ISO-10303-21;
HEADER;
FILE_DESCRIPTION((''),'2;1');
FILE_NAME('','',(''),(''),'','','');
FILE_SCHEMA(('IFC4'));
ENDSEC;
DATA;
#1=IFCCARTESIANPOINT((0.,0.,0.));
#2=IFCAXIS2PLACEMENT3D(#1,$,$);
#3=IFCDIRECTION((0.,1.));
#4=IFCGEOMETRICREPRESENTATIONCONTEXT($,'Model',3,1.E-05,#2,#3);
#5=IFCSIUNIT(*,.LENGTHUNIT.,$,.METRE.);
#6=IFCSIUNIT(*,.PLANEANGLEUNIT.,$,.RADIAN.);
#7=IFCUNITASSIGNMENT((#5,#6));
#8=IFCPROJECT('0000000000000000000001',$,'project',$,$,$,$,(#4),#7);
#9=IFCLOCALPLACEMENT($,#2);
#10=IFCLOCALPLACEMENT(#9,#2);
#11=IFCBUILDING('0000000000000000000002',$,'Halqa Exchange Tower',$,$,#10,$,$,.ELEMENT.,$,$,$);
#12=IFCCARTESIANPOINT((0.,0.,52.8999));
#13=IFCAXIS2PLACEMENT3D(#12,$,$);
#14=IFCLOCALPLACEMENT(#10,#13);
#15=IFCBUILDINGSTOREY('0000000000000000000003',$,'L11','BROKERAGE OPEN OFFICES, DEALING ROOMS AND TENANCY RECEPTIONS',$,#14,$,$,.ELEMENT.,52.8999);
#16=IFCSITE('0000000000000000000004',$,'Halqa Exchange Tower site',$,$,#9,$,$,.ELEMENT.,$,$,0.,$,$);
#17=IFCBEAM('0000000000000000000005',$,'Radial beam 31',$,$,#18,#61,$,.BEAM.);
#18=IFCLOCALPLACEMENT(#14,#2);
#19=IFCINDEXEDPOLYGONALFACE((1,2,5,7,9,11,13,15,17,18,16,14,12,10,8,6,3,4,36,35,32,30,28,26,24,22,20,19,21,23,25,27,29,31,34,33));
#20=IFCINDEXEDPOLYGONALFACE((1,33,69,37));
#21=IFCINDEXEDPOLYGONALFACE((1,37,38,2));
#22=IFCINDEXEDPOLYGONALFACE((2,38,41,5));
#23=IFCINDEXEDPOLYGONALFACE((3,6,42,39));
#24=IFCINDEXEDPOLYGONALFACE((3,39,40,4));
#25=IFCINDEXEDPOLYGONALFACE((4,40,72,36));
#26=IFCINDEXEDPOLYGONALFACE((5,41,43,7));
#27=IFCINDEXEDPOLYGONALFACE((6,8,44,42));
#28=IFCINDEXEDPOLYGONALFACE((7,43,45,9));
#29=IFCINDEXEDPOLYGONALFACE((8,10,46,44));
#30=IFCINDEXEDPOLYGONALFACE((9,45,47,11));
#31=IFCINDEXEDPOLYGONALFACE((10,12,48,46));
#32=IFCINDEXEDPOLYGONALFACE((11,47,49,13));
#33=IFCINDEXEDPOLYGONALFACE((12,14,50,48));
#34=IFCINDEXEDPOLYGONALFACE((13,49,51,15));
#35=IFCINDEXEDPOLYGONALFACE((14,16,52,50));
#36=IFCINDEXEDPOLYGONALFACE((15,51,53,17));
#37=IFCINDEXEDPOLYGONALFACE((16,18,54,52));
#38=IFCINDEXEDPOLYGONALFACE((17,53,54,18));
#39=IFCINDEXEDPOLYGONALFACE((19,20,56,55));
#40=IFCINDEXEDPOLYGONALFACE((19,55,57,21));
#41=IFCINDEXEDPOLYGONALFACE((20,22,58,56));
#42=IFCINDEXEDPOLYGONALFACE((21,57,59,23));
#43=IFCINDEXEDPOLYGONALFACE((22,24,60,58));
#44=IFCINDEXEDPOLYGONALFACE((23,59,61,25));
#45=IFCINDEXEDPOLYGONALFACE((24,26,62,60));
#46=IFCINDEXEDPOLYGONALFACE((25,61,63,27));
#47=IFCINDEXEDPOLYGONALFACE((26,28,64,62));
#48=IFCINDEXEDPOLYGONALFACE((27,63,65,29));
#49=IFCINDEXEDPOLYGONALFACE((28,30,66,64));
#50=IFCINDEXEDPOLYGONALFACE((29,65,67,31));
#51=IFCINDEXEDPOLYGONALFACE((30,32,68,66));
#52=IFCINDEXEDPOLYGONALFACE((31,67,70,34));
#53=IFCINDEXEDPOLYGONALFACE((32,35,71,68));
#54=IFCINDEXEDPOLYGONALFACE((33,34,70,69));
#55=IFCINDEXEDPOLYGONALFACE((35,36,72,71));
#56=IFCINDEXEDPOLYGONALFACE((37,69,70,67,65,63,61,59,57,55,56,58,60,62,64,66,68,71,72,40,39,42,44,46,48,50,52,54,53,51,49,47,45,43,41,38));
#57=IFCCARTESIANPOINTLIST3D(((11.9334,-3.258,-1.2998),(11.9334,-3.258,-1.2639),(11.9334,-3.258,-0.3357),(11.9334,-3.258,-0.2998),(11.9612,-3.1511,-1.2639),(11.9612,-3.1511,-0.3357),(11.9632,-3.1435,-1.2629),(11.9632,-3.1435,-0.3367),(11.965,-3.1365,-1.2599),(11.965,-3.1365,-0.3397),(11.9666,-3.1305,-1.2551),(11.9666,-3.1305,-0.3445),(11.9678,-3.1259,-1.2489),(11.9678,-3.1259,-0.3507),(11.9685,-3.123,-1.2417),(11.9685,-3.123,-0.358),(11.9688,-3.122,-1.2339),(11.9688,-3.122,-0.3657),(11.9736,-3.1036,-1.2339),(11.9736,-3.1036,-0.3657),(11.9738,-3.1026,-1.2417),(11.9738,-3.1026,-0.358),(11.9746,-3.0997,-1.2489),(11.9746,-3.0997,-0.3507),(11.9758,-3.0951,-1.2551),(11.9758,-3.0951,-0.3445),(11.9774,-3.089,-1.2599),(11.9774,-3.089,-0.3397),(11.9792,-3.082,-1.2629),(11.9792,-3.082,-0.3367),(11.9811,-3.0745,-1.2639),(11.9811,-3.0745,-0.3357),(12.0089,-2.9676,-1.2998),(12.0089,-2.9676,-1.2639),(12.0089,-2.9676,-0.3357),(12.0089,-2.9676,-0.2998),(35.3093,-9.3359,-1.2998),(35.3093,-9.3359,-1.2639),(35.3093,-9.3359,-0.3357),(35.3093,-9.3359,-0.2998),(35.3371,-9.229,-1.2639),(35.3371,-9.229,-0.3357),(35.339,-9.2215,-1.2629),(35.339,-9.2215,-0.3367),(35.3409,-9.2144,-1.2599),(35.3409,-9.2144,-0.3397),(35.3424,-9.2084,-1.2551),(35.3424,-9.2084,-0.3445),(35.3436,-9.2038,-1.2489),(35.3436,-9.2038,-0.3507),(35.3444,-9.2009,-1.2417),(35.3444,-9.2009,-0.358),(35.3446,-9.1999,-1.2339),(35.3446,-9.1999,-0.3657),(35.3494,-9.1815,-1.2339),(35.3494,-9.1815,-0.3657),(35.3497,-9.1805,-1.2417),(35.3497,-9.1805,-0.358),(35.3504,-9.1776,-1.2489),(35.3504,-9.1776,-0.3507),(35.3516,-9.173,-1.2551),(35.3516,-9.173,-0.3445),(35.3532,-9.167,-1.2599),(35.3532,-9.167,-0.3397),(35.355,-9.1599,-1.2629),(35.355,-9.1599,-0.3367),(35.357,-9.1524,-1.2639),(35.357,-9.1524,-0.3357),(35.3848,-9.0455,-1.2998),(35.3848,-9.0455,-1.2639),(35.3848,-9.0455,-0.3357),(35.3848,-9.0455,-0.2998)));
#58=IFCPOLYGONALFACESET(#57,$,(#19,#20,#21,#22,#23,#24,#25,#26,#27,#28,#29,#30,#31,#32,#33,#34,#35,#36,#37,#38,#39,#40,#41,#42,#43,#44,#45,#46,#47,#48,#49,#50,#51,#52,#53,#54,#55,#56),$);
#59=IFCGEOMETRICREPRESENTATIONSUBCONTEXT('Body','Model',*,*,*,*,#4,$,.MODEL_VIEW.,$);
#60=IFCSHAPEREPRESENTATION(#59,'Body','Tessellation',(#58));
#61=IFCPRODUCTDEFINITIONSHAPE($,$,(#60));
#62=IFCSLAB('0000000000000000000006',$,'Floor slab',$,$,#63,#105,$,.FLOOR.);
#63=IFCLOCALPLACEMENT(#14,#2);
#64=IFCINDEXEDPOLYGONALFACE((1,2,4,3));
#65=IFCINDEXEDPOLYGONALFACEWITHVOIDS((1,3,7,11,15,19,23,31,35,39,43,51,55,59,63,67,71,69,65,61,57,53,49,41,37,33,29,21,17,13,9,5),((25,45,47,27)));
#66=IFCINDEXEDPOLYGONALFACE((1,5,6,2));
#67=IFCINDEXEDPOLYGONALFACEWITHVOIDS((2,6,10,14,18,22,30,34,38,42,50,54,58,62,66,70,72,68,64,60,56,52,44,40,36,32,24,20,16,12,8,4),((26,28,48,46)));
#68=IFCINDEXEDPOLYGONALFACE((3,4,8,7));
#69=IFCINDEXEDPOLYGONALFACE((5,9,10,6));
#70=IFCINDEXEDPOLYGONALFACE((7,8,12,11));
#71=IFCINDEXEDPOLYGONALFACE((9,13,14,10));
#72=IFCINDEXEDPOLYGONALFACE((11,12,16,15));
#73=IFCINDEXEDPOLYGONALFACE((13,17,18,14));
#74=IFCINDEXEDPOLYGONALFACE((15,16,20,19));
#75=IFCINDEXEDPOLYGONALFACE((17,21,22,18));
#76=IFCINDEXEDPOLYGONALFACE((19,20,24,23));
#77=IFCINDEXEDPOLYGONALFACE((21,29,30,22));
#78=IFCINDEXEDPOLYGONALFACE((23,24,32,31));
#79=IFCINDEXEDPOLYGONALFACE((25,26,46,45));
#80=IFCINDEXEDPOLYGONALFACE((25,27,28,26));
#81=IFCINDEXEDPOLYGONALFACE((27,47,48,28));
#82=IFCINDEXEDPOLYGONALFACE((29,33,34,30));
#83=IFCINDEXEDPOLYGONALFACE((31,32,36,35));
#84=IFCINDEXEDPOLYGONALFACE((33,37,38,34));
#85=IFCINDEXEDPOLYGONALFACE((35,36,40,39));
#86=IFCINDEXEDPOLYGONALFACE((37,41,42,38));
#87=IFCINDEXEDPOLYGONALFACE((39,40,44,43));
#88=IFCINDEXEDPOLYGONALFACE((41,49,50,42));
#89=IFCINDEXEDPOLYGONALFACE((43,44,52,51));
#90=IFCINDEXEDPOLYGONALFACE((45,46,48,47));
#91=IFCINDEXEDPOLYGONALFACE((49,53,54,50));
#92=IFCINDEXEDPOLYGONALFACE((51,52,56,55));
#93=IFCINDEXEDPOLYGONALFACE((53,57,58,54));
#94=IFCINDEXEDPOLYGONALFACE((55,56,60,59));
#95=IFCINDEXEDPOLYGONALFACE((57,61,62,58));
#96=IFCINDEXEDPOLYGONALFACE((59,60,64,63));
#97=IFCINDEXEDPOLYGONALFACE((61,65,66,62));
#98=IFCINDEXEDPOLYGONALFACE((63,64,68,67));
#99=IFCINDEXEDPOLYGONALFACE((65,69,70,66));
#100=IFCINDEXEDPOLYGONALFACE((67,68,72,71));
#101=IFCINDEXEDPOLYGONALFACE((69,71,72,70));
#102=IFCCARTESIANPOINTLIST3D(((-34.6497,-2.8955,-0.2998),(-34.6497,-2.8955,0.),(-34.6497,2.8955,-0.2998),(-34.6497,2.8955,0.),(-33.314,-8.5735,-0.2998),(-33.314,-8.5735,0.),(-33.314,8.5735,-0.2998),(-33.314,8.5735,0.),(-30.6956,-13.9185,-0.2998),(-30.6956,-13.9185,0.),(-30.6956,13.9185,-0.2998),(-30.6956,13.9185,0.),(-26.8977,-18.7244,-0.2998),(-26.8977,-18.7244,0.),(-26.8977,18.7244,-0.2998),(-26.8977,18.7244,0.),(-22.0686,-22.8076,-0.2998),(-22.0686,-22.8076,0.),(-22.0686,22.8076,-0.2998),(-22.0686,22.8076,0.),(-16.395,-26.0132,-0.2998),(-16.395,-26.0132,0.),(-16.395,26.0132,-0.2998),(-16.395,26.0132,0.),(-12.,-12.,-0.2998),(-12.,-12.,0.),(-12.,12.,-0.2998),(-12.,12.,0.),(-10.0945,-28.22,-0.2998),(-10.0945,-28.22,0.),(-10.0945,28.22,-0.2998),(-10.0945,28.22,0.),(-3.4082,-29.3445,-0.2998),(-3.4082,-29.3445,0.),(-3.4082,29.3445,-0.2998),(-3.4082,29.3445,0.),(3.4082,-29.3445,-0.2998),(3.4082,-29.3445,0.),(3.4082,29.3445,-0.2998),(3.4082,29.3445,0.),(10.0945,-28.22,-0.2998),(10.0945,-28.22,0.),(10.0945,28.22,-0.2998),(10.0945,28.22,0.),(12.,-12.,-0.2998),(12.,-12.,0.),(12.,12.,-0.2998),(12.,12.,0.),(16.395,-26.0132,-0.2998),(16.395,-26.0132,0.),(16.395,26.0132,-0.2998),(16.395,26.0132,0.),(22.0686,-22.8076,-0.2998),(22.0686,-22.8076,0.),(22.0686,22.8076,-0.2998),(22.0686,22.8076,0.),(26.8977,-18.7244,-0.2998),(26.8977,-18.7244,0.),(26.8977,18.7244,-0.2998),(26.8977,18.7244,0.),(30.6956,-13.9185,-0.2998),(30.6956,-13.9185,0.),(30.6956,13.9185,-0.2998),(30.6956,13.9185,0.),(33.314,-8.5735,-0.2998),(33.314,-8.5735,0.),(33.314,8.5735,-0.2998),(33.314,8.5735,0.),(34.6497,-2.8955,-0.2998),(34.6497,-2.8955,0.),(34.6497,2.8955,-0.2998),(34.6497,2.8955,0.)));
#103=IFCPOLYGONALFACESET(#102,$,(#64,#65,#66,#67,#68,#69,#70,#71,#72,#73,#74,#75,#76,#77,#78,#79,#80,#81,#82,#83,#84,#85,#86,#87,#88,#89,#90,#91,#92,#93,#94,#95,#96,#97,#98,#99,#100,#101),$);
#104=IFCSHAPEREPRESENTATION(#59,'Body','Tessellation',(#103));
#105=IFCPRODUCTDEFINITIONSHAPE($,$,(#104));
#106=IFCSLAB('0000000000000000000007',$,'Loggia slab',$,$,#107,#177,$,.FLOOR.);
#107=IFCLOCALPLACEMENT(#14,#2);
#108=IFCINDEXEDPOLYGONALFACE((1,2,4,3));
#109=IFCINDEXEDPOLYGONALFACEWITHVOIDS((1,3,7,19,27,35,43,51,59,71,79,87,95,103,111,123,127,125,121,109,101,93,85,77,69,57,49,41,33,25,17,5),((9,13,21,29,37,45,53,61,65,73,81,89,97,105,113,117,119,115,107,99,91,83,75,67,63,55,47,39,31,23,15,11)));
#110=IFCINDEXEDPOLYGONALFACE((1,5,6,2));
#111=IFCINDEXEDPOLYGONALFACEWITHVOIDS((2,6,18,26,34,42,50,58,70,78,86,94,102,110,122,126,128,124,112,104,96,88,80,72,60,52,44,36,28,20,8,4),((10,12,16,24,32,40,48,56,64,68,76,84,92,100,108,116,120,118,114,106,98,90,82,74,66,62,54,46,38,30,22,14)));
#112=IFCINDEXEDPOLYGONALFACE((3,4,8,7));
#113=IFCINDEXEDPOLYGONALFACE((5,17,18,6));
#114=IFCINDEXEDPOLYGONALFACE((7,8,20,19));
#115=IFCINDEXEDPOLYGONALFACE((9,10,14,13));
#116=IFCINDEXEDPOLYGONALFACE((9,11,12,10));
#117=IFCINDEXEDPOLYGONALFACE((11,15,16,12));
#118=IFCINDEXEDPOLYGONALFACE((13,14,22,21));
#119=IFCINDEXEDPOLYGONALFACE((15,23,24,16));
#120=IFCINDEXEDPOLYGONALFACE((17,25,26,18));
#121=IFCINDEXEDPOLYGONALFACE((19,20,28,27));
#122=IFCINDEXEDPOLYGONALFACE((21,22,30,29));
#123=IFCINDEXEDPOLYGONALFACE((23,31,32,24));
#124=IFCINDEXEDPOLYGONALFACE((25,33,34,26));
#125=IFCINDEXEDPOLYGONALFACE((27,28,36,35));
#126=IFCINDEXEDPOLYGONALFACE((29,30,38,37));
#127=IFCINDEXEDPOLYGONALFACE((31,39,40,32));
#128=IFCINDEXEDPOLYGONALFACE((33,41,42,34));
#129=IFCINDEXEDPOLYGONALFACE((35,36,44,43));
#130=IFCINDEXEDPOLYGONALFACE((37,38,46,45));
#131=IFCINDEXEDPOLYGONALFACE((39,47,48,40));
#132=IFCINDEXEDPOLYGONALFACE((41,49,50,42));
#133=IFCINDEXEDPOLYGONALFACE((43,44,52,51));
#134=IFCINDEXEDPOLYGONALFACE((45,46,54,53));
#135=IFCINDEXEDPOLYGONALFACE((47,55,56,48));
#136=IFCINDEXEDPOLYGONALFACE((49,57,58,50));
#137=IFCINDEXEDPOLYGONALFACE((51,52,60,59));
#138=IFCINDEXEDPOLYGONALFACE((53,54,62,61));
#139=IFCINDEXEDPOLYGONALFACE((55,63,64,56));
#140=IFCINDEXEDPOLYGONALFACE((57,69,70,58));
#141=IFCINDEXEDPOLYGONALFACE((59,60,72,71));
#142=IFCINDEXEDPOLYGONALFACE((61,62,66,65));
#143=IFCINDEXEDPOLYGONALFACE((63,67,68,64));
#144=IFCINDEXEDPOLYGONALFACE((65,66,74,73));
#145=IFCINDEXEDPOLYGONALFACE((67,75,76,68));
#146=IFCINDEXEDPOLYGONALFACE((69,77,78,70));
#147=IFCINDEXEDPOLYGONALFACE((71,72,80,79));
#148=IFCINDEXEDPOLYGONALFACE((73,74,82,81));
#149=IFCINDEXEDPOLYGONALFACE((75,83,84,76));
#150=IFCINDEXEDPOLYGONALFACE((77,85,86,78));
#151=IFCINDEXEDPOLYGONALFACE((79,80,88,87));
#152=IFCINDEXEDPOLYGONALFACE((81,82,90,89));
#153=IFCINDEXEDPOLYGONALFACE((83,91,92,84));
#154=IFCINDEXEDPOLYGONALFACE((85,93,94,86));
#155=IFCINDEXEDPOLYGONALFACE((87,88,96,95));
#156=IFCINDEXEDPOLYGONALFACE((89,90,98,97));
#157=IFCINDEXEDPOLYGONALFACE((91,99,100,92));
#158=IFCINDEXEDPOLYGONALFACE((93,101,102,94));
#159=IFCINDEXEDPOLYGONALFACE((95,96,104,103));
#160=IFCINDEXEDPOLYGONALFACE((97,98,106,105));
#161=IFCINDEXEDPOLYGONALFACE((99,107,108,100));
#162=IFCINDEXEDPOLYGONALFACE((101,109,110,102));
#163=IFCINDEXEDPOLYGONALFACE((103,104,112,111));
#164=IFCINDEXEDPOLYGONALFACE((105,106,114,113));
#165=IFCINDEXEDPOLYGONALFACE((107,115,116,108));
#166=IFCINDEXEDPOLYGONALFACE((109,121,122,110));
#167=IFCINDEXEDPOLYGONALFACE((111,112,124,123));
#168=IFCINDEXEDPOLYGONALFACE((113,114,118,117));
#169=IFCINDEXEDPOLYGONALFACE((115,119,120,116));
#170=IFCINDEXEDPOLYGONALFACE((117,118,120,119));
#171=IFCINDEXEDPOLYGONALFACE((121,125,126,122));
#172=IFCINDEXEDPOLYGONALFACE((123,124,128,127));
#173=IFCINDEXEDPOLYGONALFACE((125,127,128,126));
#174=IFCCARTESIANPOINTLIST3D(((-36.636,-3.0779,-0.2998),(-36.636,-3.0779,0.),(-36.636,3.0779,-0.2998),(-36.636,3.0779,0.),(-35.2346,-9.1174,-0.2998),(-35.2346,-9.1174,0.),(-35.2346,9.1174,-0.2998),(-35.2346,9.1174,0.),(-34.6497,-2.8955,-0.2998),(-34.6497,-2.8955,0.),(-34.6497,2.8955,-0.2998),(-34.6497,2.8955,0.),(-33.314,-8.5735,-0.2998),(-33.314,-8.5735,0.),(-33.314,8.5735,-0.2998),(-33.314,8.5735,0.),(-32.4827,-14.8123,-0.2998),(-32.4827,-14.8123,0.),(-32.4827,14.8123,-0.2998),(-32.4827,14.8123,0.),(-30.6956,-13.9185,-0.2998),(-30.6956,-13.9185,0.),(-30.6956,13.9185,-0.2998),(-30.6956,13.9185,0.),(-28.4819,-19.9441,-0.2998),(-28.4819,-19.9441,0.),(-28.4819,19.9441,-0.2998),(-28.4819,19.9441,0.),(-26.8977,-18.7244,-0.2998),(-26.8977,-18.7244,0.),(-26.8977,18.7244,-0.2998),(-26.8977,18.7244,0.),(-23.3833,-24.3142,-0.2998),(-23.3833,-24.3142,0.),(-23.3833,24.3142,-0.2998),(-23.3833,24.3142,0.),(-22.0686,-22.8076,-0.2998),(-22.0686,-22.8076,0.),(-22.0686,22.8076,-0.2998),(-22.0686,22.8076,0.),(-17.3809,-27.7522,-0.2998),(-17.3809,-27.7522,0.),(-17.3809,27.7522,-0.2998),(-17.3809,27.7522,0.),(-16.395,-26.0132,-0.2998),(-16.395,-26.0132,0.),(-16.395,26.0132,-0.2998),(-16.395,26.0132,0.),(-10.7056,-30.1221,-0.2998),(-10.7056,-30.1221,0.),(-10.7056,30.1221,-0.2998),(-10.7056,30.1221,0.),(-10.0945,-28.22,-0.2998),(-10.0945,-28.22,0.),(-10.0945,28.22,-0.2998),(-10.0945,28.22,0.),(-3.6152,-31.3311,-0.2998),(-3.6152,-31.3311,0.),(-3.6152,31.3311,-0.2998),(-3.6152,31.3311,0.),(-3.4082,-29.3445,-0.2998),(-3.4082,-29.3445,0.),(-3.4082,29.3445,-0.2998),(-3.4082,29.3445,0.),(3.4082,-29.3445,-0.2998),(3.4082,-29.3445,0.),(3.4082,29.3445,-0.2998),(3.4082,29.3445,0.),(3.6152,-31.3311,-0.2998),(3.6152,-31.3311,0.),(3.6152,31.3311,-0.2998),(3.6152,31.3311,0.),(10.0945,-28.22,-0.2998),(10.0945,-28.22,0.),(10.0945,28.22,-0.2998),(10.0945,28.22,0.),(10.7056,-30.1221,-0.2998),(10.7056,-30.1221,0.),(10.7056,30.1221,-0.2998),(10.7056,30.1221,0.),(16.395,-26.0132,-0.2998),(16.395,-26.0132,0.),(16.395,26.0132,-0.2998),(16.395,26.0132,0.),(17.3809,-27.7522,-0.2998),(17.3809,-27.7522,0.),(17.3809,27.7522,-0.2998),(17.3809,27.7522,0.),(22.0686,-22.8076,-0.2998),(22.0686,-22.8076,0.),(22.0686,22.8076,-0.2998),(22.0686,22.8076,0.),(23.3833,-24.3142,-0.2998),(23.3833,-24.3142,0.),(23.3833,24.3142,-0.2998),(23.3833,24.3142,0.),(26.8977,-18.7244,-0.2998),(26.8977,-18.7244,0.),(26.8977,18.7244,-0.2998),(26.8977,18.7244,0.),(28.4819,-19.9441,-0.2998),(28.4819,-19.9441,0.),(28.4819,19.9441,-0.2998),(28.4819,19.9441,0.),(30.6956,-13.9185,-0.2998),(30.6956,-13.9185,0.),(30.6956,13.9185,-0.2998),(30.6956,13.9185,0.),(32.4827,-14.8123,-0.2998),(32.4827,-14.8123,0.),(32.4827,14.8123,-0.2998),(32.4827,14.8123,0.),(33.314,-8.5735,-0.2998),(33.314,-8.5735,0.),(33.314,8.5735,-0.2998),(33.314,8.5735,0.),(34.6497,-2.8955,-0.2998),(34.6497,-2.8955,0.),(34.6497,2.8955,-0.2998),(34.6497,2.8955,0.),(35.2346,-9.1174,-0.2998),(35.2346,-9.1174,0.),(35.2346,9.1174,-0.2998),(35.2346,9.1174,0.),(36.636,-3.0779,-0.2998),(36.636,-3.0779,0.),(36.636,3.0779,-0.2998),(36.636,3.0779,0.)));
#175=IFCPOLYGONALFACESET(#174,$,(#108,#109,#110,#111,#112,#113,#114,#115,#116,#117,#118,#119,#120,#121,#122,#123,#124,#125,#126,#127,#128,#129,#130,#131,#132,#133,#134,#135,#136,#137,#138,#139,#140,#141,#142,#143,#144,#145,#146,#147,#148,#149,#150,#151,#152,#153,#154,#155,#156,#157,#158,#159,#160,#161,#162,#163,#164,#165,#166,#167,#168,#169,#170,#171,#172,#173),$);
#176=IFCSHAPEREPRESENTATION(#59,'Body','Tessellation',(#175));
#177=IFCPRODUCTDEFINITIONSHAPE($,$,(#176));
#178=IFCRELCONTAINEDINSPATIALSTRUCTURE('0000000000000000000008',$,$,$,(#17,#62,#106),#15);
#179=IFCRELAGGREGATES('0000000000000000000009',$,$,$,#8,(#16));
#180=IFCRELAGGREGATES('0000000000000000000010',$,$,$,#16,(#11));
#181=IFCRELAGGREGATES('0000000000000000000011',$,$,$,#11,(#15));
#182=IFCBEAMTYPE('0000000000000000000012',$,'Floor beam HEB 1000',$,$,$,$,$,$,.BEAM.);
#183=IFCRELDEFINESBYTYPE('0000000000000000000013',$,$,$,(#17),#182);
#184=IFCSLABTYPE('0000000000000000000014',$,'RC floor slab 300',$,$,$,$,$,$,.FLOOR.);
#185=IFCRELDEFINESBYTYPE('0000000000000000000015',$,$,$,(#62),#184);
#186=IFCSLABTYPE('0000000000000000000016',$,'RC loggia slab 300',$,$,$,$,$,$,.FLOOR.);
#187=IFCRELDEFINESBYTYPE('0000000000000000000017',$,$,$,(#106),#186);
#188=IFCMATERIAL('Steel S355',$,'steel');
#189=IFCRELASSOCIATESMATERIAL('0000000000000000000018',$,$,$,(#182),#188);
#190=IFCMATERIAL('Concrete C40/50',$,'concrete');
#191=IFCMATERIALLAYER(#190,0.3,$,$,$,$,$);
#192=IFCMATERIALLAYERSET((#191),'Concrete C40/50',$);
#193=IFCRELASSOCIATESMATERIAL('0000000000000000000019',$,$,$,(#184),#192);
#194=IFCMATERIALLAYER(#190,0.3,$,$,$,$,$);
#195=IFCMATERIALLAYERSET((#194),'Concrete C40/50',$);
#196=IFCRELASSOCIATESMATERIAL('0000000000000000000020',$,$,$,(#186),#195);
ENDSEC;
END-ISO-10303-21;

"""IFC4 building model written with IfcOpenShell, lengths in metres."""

from ifc_helpers import new_model, si_unit, direction, frame, origin, origin_2d, place, context, subcontext, project, spatial, polyline, i_section, outline, extrude, material, layer, layer_set, material_profile, profile_set, type_object, element, save


model = new_model("IFC4")

# Units and contexts
model_context = context("Model", 3, precision=1e-05, world=origin(), true_north=direction((0.0, 1.0)))
body_context = subcontext(model_context, "Body", "Model", "MODEL_VIEW")
ifc_project = project(units=[si_unit("LENGTHUNIT", "METRE"), si_unit("PLANEANGLEUNIT", "RADIAN")], contexts=[model_context])

# Site, building, storey
site_placement = place(None, origin())
site = spatial("IfcSite", under=ifc_project, at=site_placement, Name="Halqa Exchange Tower site", CompositionType="ELEMENT", RefElevation=0.0)
building_placement = place(site_placement, origin())
building = spatial("IfcBuilding", under=site, at=building_placement, Name="Halqa Exchange Tower", CompositionType="ELEMENT")
storey_placement = place(building_placement, frame((0.0, 0.0, 52.8999)))
storey = spatial("IfcBuildingStorey", under=building, at=storey_placement, Name="L11", Description="BROKERAGE OPEN OFFICES, DEALING ROOMS AND TENANCY RECEPTIONS", CompositionType="ELEMENT", Elevation=52.8999)

# Beam
ifc_material_1 = material(Name="Steel S355", Category="steel")
ifc_material_profile = material_profile(ifc_material_1, i_section(OverallWidth=0.3, OverallDepth=1.0, WebThickness=0.019, FlangeThickness=0.0359, FilletRadius=0.03, at=origin_2d()), Name="HEB 1000")
ifc_profile_set = profile_set([ifc_material_profile], Name="Steel S355")
beam_type = type_object("IfcBeamType", Name="Floor beam HEB 1000", PredefinedType="BEAM", material=ifc_profile_set)
beam_placement = place(storey_placement, frame((11.9712, -3.1128, -0.7998), z_axis=(0.967821, -0.251641, 0.0), x_axis=(0.251641, 0.967821, 0.0)))
element("IfcBeam", 1, at=beam_placement, inside=storey, type_object=beam_type, Name="Radial beam 31", PredefinedType="BEAM", context=body_context, shape_type="SweptSolid", body=[
    extrude(i_section(OverallWidth=0.3, OverallDepth=1.0, WebThickness=0.019, FlangeThickness=0.0359, FilletRadius=0.03, at=origin_2d()), origin(), (0.0, 0.0, 1.0), 24.1531),
])

# Slabs
ifc_material_2 = material(Name="Concrete C40/50", Category="concrete")
ifc_layer_1 = layer(ifc_material_2, 0.3)
ifc_layer_set_1 = layer_set([ifc_layer_1], Name="Concrete C40/50")
slab_type_1 = type_object("IfcSlabType", Name="RC floor slab 300", PredefinedType="FLOOR", material=ifc_layer_set_1)
slab_1_placement = place(storey_placement, frame((0.0, 0.0, -0.2998)))
element("IfcSlab", 2, at=slab_1_placement, inside=storey, type_object=slab_type_1, Name="Floor slab", PredefinedType="FLOOR", context=body_context, shape_type="SweptSolid", body=[
    extrude(outline(polyline([(34.6497, 2.8955), (33.314, 8.5735), (30.6956, 13.9185), (26.8977, 18.7244), (22.0686, 22.8076), (16.395, 26.0132), (10.0945, 28.22), (3.4082, 29.3445), (-3.4082, 29.3445), (-10.0945, 28.22), (-16.395, 26.0132), (-22.0686, 22.8076), (-26.8977, 18.7244), (-30.6956, 13.9185), (-33.314, 8.5735), (-34.6497, 2.8955), (-34.6497, -2.8955), (-33.314, -8.5735), (-30.6956, -13.9185), (-26.8977, -18.7244), (-22.0686, -22.8076), (-16.395, -26.0132), (-10.0945, -28.22), (-3.4082, -29.3445), (3.4082, -29.3445), (10.0945, -28.22), (16.395, -26.0132), (22.0686, -22.8076), (26.8977, -18.7244), (30.6956, -13.9185), (33.314, -8.5735), (34.6497, -2.8955), (34.6497, 2.8955)]), holes=[polyline([(-12.0, -12.0), (12.0, -12.0), (12.0, 12.0), (-12.0, 12.0), (-12.0, -12.0)])]), origin(), (0.0, 0.0, 1.0), 0.2998),
])
ifc_layer_2 = layer(ifc_material_2, 0.3)
ifc_layer_set_2 = layer_set([ifc_layer_2], Name="Concrete C40/50")
slab_type_2 = type_object("IfcSlabType", Name="RC loggia slab 300", PredefinedType="FLOOR", material=ifc_layer_set_2)
slab_2_placement = place(storey_placement, frame((0.0, 0.0, -0.2998)))
element("IfcSlab", 3, at=slab_2_placement, inside=storey, type_object=slab_type_2, Name="Loggia slab", PredefinedType="FLOOR", context=body_context, shape_type="SweptSolid", body=[
    extrude(outline(polyline([(36.636, 3.0779), (36.636, -3.0779), (35.2346, -9.1174), (32.4827, -14.8123), (28.4819, -19.9441), (23.3833, -24.3142), (17.3809, -27.7522), (10.7056, -30.1221), (3.6152, -31.3311), (-3.6152, -31.3311), (-10.7056, -30.1221), (-17.3809, -27.7522), (-23.3833, -24.3142), (-28.4819, -19.9441), (-32.4827, -14.8123), (-35.2346, -9.1174), (-36.636, -3.0779), (-36.636, 3.0779), (-35.2346, 9.1174), (-32.4827, 14.8123), (-28.4819, 19.9441), (-23.3833, 24.3142), (-17.3809, 27.7522), (-10.7056, 30.1221), (-3.6152, 31.3311), (3.6152, 31.3311), (10.7056, 30.1221), (17.3809, 27.7522), (23.3833, 24.3142), (28.4819, 19.9441), (32.4827, 14.8123), (35.2346, 9.1174), (36.636, 3.0779)]), holes=[polyline([(34.6497, 2.8955), (33.314, 8.5735), (30.6956, 13.9185), (26.8977, 18.7244), (22.0686, 22.8076), (16.395, 26.0132), (10.0945, 28.22), (3.4082, 29.3445), (-3.4082, 29.3445), (-10.0945, 28.22), (-16.395, 26.0132), (-22.0686, 22.8076), (-26.8977, 18.7244), (-30.6956, 13.9185), (-33.314, 8.5735), (-34.6497, 2.8955), (-34.6497, -2.8955), (-33.314, -8.5735), (-30.6956, -13.9185), (-26.8977, -18.7244), (-22.0686, -22.8076), (-16.395, -26.0132), (-10.0945, -28.22), (-3.4082, -29.3445), (3.4082, -29.3445), (10.0945, -28.22), (16.395, -26.0132), (22.0686, -22.8076), (26.8977, -18.7244), (30.6956, -13.9185), (33.314, -8.5735), (34.6497, -2.8955), (34.6497, 2.8955)])]), origin(), (0.0, 0.0, 1.0), 0.2998),
])

save(model, "model.ifc")
